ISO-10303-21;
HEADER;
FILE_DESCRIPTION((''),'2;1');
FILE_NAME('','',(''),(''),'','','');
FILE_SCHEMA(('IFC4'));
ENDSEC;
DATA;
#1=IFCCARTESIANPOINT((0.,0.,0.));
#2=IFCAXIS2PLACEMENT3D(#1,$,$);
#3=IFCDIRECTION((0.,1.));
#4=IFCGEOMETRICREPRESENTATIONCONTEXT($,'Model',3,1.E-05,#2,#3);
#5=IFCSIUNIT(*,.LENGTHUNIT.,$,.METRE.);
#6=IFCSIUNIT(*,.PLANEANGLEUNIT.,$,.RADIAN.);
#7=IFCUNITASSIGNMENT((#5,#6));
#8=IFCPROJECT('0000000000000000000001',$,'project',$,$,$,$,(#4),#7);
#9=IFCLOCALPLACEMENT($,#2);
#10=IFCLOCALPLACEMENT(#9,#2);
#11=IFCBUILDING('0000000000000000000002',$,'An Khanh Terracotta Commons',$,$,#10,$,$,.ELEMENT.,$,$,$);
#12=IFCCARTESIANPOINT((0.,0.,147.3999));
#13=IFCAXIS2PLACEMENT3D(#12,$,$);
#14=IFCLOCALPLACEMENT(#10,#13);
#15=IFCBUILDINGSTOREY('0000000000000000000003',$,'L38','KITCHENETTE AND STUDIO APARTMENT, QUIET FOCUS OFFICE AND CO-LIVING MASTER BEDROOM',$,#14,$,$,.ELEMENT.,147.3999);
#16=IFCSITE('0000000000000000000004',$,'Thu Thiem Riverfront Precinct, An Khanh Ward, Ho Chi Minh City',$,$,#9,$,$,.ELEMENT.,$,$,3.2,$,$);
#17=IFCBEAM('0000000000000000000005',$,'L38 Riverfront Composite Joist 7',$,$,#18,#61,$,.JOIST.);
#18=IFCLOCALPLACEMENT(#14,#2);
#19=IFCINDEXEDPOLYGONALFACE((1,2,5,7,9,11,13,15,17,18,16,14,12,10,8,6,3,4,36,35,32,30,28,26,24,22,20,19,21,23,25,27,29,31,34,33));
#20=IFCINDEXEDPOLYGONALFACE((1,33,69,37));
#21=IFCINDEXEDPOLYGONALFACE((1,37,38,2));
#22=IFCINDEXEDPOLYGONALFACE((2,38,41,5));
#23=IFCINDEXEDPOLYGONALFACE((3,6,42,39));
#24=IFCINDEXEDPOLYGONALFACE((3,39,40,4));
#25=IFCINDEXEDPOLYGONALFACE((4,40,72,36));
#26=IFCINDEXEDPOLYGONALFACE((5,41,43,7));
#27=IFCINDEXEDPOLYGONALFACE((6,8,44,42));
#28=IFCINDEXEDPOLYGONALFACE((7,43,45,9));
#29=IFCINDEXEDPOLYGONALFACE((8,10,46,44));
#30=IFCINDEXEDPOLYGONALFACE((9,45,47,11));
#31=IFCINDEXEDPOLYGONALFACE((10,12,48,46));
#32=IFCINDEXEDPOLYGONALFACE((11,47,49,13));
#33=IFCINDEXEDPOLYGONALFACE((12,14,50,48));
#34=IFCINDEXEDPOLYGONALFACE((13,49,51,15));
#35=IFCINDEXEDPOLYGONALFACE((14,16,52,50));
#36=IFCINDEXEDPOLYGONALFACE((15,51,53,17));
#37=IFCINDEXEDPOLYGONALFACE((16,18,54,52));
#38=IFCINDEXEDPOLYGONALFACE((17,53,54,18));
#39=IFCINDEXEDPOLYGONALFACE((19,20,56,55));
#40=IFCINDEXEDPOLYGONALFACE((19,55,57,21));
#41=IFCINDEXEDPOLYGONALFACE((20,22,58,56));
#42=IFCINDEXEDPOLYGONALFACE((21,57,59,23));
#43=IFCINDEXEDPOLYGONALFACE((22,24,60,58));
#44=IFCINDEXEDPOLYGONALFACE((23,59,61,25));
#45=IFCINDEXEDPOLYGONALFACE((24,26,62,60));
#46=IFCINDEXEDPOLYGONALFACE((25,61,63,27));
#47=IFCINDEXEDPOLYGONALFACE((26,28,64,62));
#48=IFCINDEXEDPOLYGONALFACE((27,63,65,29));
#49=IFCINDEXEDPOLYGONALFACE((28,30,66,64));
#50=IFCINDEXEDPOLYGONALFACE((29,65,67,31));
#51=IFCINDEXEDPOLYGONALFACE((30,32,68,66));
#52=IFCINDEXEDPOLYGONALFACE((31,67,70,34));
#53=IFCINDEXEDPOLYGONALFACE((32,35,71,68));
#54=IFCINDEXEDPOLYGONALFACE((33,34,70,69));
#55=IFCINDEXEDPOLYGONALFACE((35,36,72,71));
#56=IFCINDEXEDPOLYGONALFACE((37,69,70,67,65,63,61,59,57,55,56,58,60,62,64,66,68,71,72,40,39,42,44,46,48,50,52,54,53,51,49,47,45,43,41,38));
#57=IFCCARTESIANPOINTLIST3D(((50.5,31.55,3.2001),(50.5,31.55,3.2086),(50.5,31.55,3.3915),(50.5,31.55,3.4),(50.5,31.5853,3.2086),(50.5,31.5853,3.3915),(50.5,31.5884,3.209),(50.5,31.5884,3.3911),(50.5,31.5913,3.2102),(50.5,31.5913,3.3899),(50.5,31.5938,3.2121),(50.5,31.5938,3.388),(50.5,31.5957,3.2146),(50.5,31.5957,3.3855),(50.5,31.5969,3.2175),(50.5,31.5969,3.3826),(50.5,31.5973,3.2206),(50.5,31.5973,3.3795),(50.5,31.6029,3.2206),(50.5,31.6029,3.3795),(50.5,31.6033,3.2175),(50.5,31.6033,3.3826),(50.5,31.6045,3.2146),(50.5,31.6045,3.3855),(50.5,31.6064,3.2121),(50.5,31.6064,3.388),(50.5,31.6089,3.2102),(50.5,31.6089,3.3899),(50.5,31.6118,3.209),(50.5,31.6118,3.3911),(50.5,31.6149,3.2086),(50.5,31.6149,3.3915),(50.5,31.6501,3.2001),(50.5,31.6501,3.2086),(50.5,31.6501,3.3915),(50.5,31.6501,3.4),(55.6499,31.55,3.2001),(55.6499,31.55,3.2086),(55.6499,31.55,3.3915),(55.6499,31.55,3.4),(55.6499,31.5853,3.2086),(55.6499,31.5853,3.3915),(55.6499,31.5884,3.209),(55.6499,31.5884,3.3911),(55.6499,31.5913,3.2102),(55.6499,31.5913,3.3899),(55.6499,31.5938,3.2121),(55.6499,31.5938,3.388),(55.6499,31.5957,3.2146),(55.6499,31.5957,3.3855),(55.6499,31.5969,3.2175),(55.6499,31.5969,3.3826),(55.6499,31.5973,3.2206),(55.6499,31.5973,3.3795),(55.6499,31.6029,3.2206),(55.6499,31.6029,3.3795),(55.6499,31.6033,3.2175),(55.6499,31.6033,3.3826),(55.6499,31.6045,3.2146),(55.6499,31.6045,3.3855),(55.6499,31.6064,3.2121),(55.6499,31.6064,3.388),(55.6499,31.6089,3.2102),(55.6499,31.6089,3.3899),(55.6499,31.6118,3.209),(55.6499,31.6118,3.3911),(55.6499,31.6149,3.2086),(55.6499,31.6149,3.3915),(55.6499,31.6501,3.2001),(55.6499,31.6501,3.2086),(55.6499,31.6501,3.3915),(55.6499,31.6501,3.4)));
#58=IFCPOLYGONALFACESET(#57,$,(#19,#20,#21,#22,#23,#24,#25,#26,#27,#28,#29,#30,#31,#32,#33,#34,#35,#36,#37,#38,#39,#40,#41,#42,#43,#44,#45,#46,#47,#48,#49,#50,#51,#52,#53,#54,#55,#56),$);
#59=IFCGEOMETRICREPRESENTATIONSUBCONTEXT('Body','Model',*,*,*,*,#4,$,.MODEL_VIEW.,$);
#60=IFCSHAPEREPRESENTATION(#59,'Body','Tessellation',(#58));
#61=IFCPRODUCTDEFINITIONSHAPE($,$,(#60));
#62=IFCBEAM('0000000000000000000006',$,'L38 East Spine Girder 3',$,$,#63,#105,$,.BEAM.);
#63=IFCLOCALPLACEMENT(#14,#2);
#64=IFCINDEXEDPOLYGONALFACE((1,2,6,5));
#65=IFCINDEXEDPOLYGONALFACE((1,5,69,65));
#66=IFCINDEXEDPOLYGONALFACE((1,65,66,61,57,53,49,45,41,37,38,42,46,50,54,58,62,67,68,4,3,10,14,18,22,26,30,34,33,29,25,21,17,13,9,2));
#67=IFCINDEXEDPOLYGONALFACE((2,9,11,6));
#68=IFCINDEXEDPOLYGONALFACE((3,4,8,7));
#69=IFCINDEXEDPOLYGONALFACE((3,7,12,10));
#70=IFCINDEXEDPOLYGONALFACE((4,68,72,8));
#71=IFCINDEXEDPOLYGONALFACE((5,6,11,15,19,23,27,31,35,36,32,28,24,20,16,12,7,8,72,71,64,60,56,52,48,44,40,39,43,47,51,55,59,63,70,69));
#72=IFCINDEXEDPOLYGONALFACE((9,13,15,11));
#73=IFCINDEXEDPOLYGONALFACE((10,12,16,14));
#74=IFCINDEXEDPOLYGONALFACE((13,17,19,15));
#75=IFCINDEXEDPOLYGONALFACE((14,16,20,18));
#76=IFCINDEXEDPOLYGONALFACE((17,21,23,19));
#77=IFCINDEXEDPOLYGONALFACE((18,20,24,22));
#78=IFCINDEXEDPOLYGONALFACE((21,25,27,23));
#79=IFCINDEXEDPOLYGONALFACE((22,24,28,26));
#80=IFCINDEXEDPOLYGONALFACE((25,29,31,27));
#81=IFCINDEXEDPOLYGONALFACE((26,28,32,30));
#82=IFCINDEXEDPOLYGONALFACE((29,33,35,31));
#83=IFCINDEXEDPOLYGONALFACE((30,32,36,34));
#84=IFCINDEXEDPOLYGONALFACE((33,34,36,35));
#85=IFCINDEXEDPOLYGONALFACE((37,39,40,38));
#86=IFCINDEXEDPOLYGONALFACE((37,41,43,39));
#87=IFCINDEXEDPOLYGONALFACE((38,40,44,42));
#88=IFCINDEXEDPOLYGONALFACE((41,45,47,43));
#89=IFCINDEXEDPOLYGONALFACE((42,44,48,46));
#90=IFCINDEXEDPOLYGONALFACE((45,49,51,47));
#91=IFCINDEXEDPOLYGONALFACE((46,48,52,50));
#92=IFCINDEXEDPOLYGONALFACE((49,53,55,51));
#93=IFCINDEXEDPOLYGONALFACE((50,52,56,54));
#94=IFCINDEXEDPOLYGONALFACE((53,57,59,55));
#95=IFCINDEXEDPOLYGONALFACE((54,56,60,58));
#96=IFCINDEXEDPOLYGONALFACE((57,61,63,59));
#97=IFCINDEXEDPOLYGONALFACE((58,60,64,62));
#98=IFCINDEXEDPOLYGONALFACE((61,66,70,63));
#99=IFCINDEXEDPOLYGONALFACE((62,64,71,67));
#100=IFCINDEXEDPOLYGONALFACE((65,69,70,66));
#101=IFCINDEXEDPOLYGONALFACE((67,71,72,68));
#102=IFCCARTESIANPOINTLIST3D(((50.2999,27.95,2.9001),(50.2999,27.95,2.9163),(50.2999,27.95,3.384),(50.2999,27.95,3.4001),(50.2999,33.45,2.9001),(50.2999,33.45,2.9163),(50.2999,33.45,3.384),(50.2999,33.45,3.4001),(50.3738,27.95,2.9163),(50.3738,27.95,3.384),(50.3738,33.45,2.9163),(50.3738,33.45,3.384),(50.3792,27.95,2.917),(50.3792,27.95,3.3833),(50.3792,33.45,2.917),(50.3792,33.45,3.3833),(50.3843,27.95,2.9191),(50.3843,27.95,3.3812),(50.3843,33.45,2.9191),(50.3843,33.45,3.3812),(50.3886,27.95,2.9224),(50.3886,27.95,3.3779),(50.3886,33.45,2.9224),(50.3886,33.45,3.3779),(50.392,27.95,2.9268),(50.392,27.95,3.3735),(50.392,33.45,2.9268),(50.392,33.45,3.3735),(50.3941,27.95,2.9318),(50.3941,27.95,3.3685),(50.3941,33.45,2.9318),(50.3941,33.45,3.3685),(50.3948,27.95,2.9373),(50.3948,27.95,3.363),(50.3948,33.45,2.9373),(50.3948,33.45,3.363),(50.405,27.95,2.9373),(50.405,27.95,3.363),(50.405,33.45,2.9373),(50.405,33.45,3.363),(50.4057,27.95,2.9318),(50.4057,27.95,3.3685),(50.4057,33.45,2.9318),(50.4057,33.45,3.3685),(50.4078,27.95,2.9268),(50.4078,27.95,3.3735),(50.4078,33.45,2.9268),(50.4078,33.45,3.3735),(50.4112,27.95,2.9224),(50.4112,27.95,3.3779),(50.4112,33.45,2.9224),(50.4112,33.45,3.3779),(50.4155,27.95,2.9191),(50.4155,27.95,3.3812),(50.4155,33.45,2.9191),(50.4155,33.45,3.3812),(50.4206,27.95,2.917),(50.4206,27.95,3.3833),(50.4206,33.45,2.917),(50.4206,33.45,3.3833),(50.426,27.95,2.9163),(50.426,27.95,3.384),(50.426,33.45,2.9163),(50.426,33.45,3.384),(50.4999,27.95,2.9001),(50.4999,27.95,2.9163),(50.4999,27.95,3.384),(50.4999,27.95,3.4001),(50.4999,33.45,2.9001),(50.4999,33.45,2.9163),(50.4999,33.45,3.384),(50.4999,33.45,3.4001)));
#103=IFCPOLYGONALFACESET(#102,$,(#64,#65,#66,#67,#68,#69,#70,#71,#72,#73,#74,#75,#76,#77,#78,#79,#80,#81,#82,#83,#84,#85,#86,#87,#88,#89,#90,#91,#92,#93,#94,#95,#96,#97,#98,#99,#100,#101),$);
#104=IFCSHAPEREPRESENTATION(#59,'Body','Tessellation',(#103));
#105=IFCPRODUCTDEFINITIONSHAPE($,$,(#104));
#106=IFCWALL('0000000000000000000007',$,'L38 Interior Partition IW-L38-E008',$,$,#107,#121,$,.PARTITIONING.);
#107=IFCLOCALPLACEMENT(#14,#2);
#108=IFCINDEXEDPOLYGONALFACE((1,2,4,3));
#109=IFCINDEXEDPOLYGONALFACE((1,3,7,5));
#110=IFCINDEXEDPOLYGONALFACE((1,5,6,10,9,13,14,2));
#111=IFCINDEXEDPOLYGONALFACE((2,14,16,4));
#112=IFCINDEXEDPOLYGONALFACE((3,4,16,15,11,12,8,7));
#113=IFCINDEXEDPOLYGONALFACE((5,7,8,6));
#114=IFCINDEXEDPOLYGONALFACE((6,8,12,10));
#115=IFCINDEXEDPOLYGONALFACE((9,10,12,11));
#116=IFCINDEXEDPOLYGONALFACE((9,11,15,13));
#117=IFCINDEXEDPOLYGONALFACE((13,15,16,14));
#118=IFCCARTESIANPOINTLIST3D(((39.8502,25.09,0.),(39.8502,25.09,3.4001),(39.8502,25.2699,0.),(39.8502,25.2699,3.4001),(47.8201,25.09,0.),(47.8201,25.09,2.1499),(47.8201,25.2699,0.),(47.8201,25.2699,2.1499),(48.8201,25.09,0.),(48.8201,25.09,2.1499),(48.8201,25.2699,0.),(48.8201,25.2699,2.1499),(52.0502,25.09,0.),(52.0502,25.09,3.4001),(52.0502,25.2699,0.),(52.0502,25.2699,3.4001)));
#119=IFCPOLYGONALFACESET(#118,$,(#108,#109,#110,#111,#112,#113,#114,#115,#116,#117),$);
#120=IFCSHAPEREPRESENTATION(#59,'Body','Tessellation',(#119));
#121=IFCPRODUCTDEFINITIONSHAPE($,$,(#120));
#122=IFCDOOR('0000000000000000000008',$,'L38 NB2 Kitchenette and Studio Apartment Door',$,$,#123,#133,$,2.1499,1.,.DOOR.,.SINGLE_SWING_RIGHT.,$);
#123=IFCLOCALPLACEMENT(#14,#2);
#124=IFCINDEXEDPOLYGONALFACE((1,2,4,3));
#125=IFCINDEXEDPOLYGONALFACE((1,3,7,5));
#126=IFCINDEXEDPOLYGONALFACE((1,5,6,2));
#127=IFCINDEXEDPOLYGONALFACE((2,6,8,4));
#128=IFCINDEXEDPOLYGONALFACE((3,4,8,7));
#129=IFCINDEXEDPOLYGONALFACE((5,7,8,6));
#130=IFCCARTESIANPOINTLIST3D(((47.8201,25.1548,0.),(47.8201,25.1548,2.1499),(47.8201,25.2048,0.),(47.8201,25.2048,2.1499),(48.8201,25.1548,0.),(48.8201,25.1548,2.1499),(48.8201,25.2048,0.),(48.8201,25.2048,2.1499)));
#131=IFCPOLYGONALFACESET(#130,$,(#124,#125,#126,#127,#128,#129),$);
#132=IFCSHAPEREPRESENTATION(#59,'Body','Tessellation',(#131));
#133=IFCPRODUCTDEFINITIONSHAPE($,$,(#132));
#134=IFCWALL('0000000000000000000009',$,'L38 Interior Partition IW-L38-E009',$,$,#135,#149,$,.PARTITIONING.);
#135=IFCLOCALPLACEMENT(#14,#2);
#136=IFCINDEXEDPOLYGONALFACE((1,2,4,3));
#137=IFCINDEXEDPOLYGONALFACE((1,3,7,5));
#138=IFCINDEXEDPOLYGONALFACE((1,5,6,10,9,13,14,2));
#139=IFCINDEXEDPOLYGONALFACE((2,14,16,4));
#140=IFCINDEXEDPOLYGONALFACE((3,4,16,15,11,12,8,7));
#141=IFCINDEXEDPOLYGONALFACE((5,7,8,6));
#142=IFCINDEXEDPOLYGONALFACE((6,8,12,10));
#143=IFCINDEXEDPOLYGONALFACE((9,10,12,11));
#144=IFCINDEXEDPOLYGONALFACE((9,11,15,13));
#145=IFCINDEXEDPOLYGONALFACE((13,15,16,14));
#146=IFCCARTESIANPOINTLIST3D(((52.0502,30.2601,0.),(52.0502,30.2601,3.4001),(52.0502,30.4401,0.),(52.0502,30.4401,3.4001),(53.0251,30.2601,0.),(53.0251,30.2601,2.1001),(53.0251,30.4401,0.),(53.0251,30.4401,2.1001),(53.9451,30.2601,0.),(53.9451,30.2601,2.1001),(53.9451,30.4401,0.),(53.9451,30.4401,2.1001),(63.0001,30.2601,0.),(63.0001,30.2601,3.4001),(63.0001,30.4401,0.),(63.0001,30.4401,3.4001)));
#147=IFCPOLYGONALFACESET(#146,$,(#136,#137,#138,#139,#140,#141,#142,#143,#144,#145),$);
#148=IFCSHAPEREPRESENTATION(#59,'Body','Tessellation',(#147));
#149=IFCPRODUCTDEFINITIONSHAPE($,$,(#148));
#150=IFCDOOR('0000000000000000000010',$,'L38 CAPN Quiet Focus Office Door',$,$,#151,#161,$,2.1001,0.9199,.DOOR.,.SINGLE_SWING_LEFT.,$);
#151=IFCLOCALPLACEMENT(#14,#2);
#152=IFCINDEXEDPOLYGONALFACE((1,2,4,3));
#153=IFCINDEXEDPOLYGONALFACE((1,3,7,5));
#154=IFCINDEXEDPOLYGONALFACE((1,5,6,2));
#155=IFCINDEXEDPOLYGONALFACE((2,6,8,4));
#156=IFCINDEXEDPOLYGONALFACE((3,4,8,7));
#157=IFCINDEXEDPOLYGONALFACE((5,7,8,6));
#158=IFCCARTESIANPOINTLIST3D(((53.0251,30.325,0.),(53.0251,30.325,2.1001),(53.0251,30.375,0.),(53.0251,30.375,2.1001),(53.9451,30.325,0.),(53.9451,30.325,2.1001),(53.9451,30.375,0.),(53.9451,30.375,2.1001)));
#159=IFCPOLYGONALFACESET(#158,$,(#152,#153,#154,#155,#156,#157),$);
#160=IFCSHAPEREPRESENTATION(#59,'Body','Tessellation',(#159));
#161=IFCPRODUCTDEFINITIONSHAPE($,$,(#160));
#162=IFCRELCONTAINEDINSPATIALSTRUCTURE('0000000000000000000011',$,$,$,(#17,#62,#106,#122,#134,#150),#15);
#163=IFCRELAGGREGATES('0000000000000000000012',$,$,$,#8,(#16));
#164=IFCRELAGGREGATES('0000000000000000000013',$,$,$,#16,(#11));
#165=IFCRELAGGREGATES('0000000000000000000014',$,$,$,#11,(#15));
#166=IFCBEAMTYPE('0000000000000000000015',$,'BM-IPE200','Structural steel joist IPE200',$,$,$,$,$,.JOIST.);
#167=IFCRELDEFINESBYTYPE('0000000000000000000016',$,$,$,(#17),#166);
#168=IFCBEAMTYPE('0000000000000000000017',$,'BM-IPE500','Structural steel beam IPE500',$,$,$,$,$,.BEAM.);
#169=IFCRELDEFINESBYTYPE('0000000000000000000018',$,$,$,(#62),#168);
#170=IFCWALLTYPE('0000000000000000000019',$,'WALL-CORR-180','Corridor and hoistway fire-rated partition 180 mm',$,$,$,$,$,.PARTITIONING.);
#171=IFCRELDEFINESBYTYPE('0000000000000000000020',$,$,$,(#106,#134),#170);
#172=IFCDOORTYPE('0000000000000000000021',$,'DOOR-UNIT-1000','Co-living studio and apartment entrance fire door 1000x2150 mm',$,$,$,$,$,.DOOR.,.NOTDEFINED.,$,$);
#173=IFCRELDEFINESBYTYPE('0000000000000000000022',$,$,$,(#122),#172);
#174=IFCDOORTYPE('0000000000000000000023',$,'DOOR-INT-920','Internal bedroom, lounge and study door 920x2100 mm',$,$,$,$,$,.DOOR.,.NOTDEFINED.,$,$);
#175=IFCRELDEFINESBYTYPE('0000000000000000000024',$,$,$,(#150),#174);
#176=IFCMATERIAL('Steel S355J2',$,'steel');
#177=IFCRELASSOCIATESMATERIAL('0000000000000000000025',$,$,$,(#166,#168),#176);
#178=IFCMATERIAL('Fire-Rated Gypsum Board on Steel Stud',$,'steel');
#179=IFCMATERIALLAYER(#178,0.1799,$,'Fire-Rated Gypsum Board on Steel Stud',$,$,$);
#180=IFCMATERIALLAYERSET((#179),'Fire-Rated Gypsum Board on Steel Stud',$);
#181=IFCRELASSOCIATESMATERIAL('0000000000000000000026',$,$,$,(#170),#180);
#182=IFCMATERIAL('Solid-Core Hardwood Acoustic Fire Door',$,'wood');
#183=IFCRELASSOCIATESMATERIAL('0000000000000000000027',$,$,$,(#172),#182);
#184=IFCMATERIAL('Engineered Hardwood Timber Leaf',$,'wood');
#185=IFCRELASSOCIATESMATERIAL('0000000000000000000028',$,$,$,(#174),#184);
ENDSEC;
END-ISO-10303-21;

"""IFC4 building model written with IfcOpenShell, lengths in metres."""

from ifc_helpers import new_model, si_unit, direction, frame, frame_2d, origin, origin_2d, place, context, subcontext, project, spatial, rectangle, i_section, extrude, material, layer, layer_set, material_profile, profile_set, type_object, element, fill, save


model = new_model("IFC4")

# Units and contexts
model_context = context("Model", 3, precision=1e-05, world=origin(), true_north=direction((0.0, 1.0)))
body_context = subcontext(model_context, "Body", "Model", "MODEL_VIEW")
ifc_project = project(units=[si_unit("LENGTHUNIT", "METRE"), si_unit("PLANEANGLEUNIT", "RADIAN")], contexts=[model_context])

# Site, building, storey
site_placement = place(None, origin())
site = spatial("IfcSite", under=ifc_project, at=site_placement, Name="Thu Thiem Riverfront Precinct, An Khanh Ward, Ho Chi Minh City", CompositionType="ELEMENT", RefElevation=3.2)
building_placement = place(site_placement, origin())
building = spatial("IfcBuilding", under=site, at=building_placement, Name="An Khanh Terracotta Commons", CompositionType="ELEMENT")
storey_placement = place(building_placement, frame((0.0, 0.0, 147.3999)))
storey = spatial("IfcBuildingStorey", under=building, at=storey_placement, Name="L38", Description="KITCHENETTE AND STUDIO APARTMENT, QUIET FOCUS OFFICE AND CO-LIVING MASTER BEDROOM", CompositionType="ELEMENT", Elevation=147.3999)

# Beams
ifc_material_1 = material(Name="Steel S355J2", Category="steel")
ifc_material_profile_1 = material_profile(ifc_material_1, i_section(OverallWidth=0.1001, OverallDepth=0.2, WebThickness=0.0056, FlangeThickness=0.0085, FilletRadius=0.012, at=origin_2d()), Name="IPE200")
ifc_profile_set_1 = profile_set([ifc_material_profile_1], Name="Steel S355J2")
beam_type_1 = type_object("IfcBeamType", Name="BM-IPE200", Description="Structural steel joist IPE200", PredefinedType="JOIST", material=ifc_profile_set_1)
for number, where, z_axis, x_axis, name in (
    (1, (50.5, 31.6001, 3.3), (1.0, 0.0, 0.0), (0.0, 1.0, 0.0), "L38 Riverfront Composite Joist 7"),
):
    element("IfcBeam", number, at=place(storey_placement, frame(where, z_axis=z_axis, x_axis=x_axis)), inside=storey, type_object=beam_type_1, Name=name, PredefinedType="JOIST", context=body_context, shape_type="SweptSolid", body=[
        extrude(i_section(OverallWidth=0.1001, OverallDepth=0.2, WebThickness=0.0056, FlangeThickness=0.0085, FilletRadius=0.012, at=origin_2d()), origin(), (0.0, 0.0, 1.0), 5.1499),
    ])
ifc_material_profile_2 = material_profile(ifc_material_1, i_section(OverallWidth=0.2, OverallDepth=0.5, WebThickness=0.0103, FlangeThickness=0.0161, FilletRadius=0.021, at=origin_2d()), Name="IPE500")
ifc_profile_set_2 = profile_set([ifc_material_profile_2], Name="Steel S355J2")
beam_type_2 = type_object("IfcBeamType", Name="BM-IPE500", Description="Structural steel beam IPE500", PredefinedType="BEAM", material=ifc_profile_set_2)
beam_placement = place(storey_placement, frame((50.3999, 27.95, 3.1501), z_axis=(0.0, 1.0, 0.0), x_axis=(-1.0, 0.0, 0.0)))
element("IfcBeam", 2, at=beam_placement, inside=storey, type_object=beam_type_2, Name="L38 East Spine Girder 3", PredefinedType="BEAM", context=body_context, shape_type="SweptSolid", body=[
    extrude(i_section(OverallWidth=0.2, OverallDepth=0.5, WebThickness=0.0103, FlangeThickness=0.0161, FilletRadius=0.021, at=origin_2d()), origin(), (0.0, 0.0, 1.0), 5.5),
])

# Walls, openings, doors
ifc_material_2 = material(Name="Fire-Rated Gypsum Board on Steel Stud", Category="steel")
ifc_layer_1 = layer(ifc_material_2, 0.1799, Name="Fire-Rated Gypsum Board on Steel Stud")
ifc_layer_set_1 = layer_set([ifc_layer_1], Name="Fire-Rated Gypsum Board on Steel Stud")
wall_type_1 = type_object("IfcWallType", Name="WALL-CORR-180", Description="Corridor and hoistway fire-rated partition 180 mm", PredefinedType="PARTITIONING", material=ifc_layer_set_1)
wall_1_placement = place(storey_placement, frame((39.8501, 25.1799, 0.0), z_axis=(0.0, 0.0, 1.0), x_axis=(1.0, 0.0, 0.0)))
wall_1 = element("IfcWall", 3, at=wall_1_placement, inside=storey, type_object=wall_type_1, Name="L38 Interior Partition IW-L38-E008", PredefinedType="PARTITIONING", context=body_context, shape_type="SweptSolid", body=[
    extrude(rectangle(XDim=12.2, YDim=0.1799, at=frame_2d((6.1001, 0.0))), origin(), (0.0, 0.0, 1.0), 3.4001),
])
opening_1_placement = place(wall_1_placement, frame((7.97, 0.0, 0.0)))
opening_1 = element("IfcOpeningElement", 4, at=opening_1_placement, cuts=wall_1, PredefinedType="OPENING", context=body_context, shape_type="SweptSolid", body=[
    extrude(rectangle(XDim=1.0, YDim=2.1499, at=frame_2d((0.5, 1.075))), frame((0.0, 0.0999, 0.0), z_axis=(0.0, -1.0, 0.0), x_axis=(1.0, 0.0, 0.0)), (0.0, 0.0, 1.0), 0.2),
])
ifc_material_3 = material(Name="Solid-Core Hardwood Acoustic Fire Door", Category="wood")
door_type_1 = type_object("IfcDoorType", Name="DOOR-UNIT-1000", Description="Co-living studio and apartment entrance fire door 1000x2150 mm", OperationType="NOTDEFINED", PredefinedType="DOOR", material=ifc_material_3)
door_1_placement = place(opening_1_placement, origin())
door_1 = element("IfcDoor", 5, at=door_1_placement, inside=storey, type_object=door_type_1, Name="L38 NB2 Kitchenette and Studio Apartment Door", OperationType="SINGLE_SWING_RIGHT", OverallHeight=2.1499, OverallWidth=1.0, PredefinedType="DOOR", context=body_context, shape_type="SweptSolid", body=[
    extrude(rectangle(XDim=1.0, YDim=2.1499, at=frame_2d((0.5, 1.075))), frame((0.0, 0.0249, 0.0), z_axis=(0.0, -1.0, 0.0), x_axis=(1.0, 0.0, 0.0)), (0.0, 0.0, 1.0), 0.05),
])
fill(opening_1, door_1)
wall_2_placement = place(storey_placement, frame((52.05, 30.3501, 0.0), z_axis=(0.0, 0.0, 1.0), x_axis=(1.0, 0.0, 0.0)))
wall_2 = element("IfcWall", 6, at=wall_2_placement, inside=storey, type_object=wall_type_1, Name="L38 Interior Partition IW-L38-E009", PredefinedType="PARTITIONING", context=body_context, shape_type="SweptSolid", body=[
    extrude(rectangle(XDim=10.95, YDim=0.1799, at=frame_2d((5.4751, 0.0))), origin(), (0.0, 0.0, 1.0), 3.4001),
])
opening_2_placement = place(wall_2_placement, frame((0.9751, 0.0, 0.0)))
opening_2 = element("IfcOpeningElement", 7, at=opening_2_placement, cuts=wall_2, PredefinedType="OPENING", context=body_context, shape_type="SweptSolid", body=[
    extrude(rectangle(XDim=0.9199, YDim=2.1001, at=frame_2d((0.46, 1.05))), frame((0.0, 0.0999, 0.0), z_axis=(0.0, -1.0, 0.0), x_axis=(1.0, 0.0, 0.0)), (0.0, 0.0, 1.0), 0.2),
])
ifc_material_4 = material(Name="Engineered Hardwood Timber Leaf", Category="wood")
door_type_2 = type_object("IfcDoorType", Name="DOOR-INT-920", Description="Internal bedroom, lounge and study door 920x2100 mm", OperationType="NOTDEFINED", PredefinedType="DOOR", material=ifc_material_4)
door_2_placement = place(opening_2_placement, origin())
door_2 = element("IfcDoor", 8, at=door_2_placement, inside=storey, type_object=door_type_2, Name="L38 CAPN Quiet Focus Office Door", OperationType="SINGLE_SWING_LEFT", OverallHeight=2.1001, OverallWidth=0.9199, PredefinedType="DOOR", context=body_context, shape_type="SweptSolid", body=[
    extrude(rectangle(XDim=0.9199, YDim=2.1001, at=frame_2d((0.46, 1.05))), frame((0.0, 0.0249, 0.0), z_axis=(0.0, -1.0, 0.0), x_axis=(1.0, 0.0, 0.0)), (0.0, 0.0, 1.0), 0.05),
])
fill(opening_2, door_2)

save(model, "model.ifc")
